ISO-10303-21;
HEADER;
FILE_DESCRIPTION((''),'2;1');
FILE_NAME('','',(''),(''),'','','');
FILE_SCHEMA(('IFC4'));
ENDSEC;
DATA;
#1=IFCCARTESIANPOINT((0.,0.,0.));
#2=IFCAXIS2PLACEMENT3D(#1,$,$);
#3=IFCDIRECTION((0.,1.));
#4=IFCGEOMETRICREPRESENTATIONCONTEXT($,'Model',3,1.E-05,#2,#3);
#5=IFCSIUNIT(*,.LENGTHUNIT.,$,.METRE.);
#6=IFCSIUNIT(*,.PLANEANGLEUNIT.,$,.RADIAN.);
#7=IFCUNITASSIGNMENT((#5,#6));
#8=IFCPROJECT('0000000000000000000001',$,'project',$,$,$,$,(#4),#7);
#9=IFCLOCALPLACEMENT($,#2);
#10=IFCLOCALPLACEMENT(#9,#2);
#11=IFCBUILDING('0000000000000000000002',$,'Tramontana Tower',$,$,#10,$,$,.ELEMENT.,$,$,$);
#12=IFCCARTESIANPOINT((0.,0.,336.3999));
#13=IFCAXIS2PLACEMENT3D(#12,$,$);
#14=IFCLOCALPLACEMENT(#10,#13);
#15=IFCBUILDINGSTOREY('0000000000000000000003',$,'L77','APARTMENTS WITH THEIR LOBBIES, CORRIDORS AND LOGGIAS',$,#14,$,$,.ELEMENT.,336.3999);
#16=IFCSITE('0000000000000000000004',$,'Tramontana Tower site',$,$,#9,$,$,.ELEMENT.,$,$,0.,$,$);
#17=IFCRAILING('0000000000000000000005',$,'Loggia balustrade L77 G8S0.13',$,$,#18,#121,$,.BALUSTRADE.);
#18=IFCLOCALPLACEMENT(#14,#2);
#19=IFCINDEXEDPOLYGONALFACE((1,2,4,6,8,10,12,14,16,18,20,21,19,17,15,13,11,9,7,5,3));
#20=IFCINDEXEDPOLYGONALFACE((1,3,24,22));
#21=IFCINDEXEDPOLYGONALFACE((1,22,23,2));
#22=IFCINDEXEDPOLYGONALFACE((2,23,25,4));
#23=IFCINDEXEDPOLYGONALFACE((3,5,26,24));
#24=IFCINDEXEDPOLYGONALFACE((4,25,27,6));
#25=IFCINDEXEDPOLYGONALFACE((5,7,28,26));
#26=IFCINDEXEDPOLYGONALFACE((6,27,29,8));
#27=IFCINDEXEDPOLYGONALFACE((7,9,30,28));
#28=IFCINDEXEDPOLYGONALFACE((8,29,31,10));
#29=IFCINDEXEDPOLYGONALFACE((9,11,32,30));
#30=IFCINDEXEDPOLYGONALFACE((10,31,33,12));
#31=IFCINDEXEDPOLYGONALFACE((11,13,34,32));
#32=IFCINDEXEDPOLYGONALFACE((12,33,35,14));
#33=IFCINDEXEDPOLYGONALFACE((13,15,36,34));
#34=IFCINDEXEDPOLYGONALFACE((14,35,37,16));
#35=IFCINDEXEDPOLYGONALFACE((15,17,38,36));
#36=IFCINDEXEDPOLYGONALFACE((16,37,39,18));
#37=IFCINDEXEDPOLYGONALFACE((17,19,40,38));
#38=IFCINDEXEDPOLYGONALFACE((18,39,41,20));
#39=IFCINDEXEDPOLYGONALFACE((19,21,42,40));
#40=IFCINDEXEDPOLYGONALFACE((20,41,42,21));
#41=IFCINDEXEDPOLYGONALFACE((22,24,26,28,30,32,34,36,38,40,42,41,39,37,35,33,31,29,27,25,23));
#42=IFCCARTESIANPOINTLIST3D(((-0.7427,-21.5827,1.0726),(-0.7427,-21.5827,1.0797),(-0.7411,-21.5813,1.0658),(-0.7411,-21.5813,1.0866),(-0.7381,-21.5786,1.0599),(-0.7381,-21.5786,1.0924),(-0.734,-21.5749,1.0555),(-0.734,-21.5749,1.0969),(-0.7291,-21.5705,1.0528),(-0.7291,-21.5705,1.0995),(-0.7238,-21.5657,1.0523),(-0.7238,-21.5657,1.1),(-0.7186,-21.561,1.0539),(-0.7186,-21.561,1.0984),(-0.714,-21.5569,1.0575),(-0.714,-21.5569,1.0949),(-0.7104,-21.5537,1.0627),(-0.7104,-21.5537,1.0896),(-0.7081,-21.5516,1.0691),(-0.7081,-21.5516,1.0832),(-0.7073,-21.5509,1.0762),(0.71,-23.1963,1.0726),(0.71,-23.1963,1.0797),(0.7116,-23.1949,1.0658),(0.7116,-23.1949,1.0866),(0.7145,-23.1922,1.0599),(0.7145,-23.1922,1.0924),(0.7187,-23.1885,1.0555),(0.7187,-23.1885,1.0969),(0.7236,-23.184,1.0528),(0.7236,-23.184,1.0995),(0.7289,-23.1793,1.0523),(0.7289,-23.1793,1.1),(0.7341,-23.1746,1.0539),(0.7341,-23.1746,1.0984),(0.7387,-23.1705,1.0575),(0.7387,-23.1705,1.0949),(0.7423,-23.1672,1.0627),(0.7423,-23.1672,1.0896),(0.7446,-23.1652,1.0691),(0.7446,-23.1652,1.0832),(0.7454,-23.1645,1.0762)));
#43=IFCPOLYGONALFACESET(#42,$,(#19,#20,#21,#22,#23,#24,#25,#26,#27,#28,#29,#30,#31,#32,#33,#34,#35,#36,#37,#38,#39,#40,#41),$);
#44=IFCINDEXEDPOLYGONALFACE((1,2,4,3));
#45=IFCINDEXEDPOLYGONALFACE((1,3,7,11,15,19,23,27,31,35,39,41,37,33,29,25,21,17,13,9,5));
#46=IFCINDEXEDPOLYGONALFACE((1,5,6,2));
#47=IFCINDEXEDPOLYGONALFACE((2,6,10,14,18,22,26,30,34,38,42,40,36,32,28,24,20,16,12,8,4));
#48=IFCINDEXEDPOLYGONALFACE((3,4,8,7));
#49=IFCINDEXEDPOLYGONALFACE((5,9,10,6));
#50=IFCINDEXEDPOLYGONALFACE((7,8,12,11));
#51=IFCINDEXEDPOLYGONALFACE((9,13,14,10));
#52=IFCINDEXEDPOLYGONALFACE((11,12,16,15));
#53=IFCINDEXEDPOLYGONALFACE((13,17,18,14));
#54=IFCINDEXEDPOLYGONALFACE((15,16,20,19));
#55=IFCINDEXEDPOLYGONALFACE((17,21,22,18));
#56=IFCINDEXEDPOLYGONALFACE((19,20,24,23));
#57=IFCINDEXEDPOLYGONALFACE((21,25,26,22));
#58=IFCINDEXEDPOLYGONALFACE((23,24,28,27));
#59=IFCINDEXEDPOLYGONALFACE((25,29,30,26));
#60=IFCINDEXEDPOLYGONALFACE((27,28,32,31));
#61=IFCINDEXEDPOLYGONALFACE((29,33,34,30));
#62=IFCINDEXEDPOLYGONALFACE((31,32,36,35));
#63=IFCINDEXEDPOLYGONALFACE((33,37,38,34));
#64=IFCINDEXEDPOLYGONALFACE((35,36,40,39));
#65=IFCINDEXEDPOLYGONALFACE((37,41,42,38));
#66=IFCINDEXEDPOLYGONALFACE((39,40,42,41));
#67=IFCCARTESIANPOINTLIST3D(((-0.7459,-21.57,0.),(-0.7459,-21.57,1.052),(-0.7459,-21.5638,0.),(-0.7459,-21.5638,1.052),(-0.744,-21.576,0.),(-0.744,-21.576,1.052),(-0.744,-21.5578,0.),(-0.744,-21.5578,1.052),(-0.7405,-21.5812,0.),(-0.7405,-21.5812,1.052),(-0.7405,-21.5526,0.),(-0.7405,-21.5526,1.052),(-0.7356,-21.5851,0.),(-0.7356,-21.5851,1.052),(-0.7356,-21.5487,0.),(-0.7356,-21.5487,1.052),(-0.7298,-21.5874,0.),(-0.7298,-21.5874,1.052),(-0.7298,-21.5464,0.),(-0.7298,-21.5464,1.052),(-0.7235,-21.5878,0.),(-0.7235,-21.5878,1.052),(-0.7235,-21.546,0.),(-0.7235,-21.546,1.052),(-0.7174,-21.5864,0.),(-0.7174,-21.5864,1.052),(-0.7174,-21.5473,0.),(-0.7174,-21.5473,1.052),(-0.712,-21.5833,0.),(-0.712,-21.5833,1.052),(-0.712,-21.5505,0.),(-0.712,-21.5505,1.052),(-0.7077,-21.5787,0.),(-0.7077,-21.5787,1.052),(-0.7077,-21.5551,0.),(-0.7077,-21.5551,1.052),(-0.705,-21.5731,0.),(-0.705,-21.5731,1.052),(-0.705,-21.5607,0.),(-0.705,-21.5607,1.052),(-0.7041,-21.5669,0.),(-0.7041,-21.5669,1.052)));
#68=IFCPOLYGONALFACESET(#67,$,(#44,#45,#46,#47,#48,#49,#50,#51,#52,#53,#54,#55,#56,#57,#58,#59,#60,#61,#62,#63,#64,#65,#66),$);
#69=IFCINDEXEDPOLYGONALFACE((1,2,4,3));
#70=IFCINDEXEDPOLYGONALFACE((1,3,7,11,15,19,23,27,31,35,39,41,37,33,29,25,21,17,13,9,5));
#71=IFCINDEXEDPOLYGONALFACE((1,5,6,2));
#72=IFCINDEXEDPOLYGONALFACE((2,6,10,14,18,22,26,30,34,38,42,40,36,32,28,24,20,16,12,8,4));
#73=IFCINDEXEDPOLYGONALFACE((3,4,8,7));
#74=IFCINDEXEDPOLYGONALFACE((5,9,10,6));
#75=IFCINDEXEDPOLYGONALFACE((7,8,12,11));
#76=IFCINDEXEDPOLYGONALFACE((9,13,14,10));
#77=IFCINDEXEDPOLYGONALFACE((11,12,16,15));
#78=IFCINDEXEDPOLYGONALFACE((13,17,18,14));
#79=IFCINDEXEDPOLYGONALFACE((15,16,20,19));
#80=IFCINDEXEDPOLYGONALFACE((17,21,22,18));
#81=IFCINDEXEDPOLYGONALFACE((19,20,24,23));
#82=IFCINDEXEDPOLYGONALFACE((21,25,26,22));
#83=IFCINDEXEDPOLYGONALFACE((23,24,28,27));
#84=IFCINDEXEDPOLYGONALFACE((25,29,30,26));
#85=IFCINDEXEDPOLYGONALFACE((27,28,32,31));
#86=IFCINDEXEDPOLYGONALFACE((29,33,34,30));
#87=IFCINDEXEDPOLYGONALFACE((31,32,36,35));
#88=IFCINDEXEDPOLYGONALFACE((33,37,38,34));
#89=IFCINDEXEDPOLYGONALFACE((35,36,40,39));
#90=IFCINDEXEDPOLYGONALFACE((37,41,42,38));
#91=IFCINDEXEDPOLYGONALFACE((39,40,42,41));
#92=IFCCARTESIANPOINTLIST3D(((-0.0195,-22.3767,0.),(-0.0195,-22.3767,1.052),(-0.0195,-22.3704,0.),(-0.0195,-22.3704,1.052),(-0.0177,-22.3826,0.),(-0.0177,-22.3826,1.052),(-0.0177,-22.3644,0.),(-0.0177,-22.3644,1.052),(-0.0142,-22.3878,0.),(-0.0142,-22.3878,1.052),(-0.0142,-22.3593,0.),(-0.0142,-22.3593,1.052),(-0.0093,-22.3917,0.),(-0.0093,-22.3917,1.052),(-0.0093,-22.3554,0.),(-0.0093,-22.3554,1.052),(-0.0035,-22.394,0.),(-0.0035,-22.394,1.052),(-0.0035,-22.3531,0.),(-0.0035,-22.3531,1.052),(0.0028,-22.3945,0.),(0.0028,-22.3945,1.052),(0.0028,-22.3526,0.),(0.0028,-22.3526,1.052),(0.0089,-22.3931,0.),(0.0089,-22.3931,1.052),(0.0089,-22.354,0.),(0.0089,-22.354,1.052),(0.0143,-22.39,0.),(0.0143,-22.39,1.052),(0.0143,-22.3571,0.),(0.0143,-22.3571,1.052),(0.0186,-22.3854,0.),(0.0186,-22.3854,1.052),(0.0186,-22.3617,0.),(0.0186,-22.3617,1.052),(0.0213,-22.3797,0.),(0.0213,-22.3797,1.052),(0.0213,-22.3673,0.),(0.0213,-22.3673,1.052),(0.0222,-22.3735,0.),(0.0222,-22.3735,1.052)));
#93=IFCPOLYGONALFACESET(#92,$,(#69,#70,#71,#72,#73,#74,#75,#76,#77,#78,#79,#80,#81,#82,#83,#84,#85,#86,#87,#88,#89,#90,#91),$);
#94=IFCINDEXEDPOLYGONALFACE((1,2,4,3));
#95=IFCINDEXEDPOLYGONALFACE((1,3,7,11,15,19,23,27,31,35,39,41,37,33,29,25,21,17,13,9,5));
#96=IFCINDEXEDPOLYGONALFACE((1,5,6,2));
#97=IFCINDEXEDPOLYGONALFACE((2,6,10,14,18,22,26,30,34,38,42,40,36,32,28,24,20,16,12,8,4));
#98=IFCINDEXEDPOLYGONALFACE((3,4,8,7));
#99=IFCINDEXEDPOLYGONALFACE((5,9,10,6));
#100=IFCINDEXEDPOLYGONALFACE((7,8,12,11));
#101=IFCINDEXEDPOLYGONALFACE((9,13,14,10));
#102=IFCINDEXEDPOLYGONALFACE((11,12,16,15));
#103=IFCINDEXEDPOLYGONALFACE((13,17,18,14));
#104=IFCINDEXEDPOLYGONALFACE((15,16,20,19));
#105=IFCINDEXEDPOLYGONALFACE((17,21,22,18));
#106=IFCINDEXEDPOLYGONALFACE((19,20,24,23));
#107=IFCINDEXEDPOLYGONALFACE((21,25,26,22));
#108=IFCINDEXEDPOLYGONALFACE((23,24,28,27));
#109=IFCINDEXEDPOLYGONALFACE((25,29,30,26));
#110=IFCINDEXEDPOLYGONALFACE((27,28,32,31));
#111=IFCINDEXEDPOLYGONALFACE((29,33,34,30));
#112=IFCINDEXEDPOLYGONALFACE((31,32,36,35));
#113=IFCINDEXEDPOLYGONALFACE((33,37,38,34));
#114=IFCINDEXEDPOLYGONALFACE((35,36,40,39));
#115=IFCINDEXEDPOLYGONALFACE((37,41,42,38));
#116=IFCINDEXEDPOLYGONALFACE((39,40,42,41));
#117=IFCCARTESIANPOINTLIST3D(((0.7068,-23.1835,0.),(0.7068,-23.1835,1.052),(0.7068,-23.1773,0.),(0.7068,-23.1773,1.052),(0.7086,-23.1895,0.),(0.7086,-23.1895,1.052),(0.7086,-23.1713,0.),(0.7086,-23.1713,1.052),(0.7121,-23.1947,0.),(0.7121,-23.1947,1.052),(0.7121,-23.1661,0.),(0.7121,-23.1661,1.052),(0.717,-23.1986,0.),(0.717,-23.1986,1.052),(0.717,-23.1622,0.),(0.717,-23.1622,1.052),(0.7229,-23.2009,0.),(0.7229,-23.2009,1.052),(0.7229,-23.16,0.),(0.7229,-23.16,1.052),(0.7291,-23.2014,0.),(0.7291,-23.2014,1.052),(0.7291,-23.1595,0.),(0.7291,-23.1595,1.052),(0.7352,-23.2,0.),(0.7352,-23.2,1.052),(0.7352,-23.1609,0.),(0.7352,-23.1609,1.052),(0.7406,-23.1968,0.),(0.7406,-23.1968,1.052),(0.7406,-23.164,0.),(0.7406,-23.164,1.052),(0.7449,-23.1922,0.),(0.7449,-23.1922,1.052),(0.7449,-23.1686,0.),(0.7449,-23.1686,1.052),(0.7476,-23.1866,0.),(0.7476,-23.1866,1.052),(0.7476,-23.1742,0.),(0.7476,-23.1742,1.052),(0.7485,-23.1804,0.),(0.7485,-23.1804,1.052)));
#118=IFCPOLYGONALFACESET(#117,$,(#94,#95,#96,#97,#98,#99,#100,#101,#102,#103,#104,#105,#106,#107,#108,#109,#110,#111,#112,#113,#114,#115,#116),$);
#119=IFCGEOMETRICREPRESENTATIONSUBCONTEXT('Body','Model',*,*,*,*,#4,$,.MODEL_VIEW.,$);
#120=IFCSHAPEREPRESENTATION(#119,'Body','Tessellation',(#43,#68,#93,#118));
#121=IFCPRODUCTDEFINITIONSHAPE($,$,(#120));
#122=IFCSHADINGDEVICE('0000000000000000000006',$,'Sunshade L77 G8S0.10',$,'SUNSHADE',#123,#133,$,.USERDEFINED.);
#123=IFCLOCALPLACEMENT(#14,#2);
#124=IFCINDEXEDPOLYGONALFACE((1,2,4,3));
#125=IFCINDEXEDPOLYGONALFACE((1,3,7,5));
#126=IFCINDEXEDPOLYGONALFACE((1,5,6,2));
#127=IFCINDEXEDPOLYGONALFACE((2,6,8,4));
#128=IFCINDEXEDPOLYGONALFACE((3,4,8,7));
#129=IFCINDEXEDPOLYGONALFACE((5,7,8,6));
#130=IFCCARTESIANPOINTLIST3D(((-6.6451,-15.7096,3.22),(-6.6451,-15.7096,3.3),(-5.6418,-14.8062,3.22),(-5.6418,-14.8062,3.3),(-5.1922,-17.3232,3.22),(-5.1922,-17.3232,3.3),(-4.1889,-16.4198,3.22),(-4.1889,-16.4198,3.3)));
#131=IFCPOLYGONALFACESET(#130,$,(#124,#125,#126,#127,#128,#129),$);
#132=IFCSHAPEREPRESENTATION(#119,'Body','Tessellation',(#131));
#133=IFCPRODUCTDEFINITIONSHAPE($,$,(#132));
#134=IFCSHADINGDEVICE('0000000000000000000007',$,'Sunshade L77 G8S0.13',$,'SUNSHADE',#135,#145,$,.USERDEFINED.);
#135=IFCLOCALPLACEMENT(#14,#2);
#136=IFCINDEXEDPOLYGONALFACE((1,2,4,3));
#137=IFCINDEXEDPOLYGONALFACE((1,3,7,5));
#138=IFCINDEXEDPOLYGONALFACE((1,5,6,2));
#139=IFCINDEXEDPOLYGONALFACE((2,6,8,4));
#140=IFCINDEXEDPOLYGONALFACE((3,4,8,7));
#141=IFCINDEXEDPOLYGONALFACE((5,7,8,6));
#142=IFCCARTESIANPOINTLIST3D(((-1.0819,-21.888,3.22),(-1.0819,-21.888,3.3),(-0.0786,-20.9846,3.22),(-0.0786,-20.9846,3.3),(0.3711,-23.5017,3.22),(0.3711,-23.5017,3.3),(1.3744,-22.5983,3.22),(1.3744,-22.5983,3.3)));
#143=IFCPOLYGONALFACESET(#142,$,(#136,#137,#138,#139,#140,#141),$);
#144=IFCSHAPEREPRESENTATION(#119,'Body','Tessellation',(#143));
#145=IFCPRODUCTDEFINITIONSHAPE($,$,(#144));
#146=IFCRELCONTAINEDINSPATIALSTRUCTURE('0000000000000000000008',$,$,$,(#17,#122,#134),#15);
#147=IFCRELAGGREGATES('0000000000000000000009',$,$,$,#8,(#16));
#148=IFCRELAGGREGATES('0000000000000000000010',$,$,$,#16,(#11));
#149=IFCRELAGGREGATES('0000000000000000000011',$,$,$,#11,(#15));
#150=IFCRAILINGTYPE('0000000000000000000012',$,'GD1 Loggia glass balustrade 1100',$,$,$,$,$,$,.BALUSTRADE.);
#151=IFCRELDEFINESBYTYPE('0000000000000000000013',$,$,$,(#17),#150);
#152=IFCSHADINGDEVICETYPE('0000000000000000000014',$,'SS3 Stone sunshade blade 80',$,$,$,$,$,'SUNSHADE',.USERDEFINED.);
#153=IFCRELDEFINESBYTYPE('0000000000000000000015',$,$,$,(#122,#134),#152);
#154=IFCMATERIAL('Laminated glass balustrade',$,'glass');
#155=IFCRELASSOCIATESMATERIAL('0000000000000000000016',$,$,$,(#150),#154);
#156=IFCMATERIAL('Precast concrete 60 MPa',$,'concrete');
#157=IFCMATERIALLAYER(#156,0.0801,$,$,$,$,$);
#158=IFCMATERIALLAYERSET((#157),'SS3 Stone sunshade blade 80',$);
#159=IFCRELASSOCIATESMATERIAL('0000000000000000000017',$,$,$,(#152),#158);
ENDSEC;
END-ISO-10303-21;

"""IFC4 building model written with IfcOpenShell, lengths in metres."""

from ifc_helpers import new_model, si_unit, direction, frame, origin, origin_2d, place, context, subcontext, project, spatial, rectangle, circle, extrude, material, layer, layer_set, type_object, element, save


model = new_model("IFC4")

# Units and contexts
model_context = context("Model", 3, precision=1e-05, world=origin(), true_north=direction((0.0, 1.0)))
body_context = subcontext(model_context, "Body", "Model", "MODEL_VIEW")
ifc_project = project(units=[si_unit("LENGTHUNIT", "METRE"), si_unit("PLANEANGLEUNIT", "RADIAN")], contexts=[model_context])

# Site, building, storey
site_placement = place(None, origin())
site = spatial("IfcSite", under=ifc_project, at=site_placement, Name="Tramontana Tower site", CompositionType="ELEMENT", RefElevation=0.0)
building_placement = place(site_placement, origin())
building = spatial("IfcBuilding", under=site, at=building_placement, Name="Tramontana Tower", CompositionType="ELEMENT")
storey_placement = place(building_placement, frame((0.0, 0.0, 336.3999)))
storey = spatial("IfcBuildingStorey", under=building, at=storey_placement, Name="L77", Description="APARTMENTS WITH THEIR LOBBIES, CORRIDORS AND LOGGIAS", CompositionType="ELEMENT", Elevation=336.3999)

# Railing
ifc_material_1 = material(Name="Laminated glass balustrade", Category="glass")
railing_type = type_object("IfcRailingType", Name="GD1 Loggia glass balustrade 1100", PredefinedType="BALUSTRADE", material=ifc_material_1)
railing_1_placement = place(storey_placement, frame((-0.7251, -21.5669, 0.0)))
element("IfcRailing", 1, at=railing_1_placement, inside=storey, type_object=railing_type, Name="Loggia balustrade L77 G8S0.13", PredefinedType="BALUSTRADE", context=body_context, shape_type="SweptSolid", body=[
    extrude(circle(Radius=0.0239, at=origin_2d()), frame((0.0, 0.0, 1.0762), z_axis=(0.669083, -0.743188, 0.0), x_axis=(0.743188, 0.669083, 0.0)), (0.0, 0.0, 1.0), 2.1711),
    extrude(circle(Radius=0.021, at=origin_2d()), origin(), (0.0, 0.0, 1.0), 1.052),
    extrude(circle(Radius=0.021, at=origin_2d()), frame((0.7263, -0.8066, 0.0)), (0.0, 0.0, 1.0), 1.052),
    extrude(circle(Radius=0.021, at=origin_2d()), frame((1.4526, -1.6135, 0.0)), (0.0, 0.0, 1.0), 1.052),
])

# Shading devices
ifc_material_2 = material(Name="Precast concrete 60 MPa", Category="concrete")
ifc_layer_1 = layer(ifc_material_2, 0.0801)
ifc_layer_set_1 = layer_set([ifc_layer_1], Name="SS3 Stone sunshade blade 80")
shading_device_type = type_object("IfcShadingDeviceType", Name="SS3 Stone sunshade blade 80", ElementType="SUNSHADE", PredefinedType="USERDEFINED", material=ifc_layer_set_1)
for number, where, z_axis, x_axis, name in (
    (2, (-5.417, -16.0647, 3.22), (0.0, 0.0, 1.0), (0.669131, -0.743145, 0.0), "Sunshade L77 G8S0.10"),
    (3, (0.1462, -22.2432, 3.22), (0.0, 0.0, 1.0), (0.669131, -0.743145, 0.0), "Sunshade L77 G8S0.13"),
):
    element("IfcShadingDevice", number, at=place(storey_placement, frame(where, z_axis=z_axis, x_axis=x_axis)), inside=storey, type_object=shading_device_type, Name=name, ObjectType="SUNSHADE", PredefinedType="USERDEFINED", context=body_context, shape_type="SweptSolid", body=[
        extrude(rectangle(XDim=2.1714, YDim=1.3501, at=origin_2d()), origin(), (0.0, 0.0, 1.0), 0.0801),
    ])

save(model, "model.ifc")
